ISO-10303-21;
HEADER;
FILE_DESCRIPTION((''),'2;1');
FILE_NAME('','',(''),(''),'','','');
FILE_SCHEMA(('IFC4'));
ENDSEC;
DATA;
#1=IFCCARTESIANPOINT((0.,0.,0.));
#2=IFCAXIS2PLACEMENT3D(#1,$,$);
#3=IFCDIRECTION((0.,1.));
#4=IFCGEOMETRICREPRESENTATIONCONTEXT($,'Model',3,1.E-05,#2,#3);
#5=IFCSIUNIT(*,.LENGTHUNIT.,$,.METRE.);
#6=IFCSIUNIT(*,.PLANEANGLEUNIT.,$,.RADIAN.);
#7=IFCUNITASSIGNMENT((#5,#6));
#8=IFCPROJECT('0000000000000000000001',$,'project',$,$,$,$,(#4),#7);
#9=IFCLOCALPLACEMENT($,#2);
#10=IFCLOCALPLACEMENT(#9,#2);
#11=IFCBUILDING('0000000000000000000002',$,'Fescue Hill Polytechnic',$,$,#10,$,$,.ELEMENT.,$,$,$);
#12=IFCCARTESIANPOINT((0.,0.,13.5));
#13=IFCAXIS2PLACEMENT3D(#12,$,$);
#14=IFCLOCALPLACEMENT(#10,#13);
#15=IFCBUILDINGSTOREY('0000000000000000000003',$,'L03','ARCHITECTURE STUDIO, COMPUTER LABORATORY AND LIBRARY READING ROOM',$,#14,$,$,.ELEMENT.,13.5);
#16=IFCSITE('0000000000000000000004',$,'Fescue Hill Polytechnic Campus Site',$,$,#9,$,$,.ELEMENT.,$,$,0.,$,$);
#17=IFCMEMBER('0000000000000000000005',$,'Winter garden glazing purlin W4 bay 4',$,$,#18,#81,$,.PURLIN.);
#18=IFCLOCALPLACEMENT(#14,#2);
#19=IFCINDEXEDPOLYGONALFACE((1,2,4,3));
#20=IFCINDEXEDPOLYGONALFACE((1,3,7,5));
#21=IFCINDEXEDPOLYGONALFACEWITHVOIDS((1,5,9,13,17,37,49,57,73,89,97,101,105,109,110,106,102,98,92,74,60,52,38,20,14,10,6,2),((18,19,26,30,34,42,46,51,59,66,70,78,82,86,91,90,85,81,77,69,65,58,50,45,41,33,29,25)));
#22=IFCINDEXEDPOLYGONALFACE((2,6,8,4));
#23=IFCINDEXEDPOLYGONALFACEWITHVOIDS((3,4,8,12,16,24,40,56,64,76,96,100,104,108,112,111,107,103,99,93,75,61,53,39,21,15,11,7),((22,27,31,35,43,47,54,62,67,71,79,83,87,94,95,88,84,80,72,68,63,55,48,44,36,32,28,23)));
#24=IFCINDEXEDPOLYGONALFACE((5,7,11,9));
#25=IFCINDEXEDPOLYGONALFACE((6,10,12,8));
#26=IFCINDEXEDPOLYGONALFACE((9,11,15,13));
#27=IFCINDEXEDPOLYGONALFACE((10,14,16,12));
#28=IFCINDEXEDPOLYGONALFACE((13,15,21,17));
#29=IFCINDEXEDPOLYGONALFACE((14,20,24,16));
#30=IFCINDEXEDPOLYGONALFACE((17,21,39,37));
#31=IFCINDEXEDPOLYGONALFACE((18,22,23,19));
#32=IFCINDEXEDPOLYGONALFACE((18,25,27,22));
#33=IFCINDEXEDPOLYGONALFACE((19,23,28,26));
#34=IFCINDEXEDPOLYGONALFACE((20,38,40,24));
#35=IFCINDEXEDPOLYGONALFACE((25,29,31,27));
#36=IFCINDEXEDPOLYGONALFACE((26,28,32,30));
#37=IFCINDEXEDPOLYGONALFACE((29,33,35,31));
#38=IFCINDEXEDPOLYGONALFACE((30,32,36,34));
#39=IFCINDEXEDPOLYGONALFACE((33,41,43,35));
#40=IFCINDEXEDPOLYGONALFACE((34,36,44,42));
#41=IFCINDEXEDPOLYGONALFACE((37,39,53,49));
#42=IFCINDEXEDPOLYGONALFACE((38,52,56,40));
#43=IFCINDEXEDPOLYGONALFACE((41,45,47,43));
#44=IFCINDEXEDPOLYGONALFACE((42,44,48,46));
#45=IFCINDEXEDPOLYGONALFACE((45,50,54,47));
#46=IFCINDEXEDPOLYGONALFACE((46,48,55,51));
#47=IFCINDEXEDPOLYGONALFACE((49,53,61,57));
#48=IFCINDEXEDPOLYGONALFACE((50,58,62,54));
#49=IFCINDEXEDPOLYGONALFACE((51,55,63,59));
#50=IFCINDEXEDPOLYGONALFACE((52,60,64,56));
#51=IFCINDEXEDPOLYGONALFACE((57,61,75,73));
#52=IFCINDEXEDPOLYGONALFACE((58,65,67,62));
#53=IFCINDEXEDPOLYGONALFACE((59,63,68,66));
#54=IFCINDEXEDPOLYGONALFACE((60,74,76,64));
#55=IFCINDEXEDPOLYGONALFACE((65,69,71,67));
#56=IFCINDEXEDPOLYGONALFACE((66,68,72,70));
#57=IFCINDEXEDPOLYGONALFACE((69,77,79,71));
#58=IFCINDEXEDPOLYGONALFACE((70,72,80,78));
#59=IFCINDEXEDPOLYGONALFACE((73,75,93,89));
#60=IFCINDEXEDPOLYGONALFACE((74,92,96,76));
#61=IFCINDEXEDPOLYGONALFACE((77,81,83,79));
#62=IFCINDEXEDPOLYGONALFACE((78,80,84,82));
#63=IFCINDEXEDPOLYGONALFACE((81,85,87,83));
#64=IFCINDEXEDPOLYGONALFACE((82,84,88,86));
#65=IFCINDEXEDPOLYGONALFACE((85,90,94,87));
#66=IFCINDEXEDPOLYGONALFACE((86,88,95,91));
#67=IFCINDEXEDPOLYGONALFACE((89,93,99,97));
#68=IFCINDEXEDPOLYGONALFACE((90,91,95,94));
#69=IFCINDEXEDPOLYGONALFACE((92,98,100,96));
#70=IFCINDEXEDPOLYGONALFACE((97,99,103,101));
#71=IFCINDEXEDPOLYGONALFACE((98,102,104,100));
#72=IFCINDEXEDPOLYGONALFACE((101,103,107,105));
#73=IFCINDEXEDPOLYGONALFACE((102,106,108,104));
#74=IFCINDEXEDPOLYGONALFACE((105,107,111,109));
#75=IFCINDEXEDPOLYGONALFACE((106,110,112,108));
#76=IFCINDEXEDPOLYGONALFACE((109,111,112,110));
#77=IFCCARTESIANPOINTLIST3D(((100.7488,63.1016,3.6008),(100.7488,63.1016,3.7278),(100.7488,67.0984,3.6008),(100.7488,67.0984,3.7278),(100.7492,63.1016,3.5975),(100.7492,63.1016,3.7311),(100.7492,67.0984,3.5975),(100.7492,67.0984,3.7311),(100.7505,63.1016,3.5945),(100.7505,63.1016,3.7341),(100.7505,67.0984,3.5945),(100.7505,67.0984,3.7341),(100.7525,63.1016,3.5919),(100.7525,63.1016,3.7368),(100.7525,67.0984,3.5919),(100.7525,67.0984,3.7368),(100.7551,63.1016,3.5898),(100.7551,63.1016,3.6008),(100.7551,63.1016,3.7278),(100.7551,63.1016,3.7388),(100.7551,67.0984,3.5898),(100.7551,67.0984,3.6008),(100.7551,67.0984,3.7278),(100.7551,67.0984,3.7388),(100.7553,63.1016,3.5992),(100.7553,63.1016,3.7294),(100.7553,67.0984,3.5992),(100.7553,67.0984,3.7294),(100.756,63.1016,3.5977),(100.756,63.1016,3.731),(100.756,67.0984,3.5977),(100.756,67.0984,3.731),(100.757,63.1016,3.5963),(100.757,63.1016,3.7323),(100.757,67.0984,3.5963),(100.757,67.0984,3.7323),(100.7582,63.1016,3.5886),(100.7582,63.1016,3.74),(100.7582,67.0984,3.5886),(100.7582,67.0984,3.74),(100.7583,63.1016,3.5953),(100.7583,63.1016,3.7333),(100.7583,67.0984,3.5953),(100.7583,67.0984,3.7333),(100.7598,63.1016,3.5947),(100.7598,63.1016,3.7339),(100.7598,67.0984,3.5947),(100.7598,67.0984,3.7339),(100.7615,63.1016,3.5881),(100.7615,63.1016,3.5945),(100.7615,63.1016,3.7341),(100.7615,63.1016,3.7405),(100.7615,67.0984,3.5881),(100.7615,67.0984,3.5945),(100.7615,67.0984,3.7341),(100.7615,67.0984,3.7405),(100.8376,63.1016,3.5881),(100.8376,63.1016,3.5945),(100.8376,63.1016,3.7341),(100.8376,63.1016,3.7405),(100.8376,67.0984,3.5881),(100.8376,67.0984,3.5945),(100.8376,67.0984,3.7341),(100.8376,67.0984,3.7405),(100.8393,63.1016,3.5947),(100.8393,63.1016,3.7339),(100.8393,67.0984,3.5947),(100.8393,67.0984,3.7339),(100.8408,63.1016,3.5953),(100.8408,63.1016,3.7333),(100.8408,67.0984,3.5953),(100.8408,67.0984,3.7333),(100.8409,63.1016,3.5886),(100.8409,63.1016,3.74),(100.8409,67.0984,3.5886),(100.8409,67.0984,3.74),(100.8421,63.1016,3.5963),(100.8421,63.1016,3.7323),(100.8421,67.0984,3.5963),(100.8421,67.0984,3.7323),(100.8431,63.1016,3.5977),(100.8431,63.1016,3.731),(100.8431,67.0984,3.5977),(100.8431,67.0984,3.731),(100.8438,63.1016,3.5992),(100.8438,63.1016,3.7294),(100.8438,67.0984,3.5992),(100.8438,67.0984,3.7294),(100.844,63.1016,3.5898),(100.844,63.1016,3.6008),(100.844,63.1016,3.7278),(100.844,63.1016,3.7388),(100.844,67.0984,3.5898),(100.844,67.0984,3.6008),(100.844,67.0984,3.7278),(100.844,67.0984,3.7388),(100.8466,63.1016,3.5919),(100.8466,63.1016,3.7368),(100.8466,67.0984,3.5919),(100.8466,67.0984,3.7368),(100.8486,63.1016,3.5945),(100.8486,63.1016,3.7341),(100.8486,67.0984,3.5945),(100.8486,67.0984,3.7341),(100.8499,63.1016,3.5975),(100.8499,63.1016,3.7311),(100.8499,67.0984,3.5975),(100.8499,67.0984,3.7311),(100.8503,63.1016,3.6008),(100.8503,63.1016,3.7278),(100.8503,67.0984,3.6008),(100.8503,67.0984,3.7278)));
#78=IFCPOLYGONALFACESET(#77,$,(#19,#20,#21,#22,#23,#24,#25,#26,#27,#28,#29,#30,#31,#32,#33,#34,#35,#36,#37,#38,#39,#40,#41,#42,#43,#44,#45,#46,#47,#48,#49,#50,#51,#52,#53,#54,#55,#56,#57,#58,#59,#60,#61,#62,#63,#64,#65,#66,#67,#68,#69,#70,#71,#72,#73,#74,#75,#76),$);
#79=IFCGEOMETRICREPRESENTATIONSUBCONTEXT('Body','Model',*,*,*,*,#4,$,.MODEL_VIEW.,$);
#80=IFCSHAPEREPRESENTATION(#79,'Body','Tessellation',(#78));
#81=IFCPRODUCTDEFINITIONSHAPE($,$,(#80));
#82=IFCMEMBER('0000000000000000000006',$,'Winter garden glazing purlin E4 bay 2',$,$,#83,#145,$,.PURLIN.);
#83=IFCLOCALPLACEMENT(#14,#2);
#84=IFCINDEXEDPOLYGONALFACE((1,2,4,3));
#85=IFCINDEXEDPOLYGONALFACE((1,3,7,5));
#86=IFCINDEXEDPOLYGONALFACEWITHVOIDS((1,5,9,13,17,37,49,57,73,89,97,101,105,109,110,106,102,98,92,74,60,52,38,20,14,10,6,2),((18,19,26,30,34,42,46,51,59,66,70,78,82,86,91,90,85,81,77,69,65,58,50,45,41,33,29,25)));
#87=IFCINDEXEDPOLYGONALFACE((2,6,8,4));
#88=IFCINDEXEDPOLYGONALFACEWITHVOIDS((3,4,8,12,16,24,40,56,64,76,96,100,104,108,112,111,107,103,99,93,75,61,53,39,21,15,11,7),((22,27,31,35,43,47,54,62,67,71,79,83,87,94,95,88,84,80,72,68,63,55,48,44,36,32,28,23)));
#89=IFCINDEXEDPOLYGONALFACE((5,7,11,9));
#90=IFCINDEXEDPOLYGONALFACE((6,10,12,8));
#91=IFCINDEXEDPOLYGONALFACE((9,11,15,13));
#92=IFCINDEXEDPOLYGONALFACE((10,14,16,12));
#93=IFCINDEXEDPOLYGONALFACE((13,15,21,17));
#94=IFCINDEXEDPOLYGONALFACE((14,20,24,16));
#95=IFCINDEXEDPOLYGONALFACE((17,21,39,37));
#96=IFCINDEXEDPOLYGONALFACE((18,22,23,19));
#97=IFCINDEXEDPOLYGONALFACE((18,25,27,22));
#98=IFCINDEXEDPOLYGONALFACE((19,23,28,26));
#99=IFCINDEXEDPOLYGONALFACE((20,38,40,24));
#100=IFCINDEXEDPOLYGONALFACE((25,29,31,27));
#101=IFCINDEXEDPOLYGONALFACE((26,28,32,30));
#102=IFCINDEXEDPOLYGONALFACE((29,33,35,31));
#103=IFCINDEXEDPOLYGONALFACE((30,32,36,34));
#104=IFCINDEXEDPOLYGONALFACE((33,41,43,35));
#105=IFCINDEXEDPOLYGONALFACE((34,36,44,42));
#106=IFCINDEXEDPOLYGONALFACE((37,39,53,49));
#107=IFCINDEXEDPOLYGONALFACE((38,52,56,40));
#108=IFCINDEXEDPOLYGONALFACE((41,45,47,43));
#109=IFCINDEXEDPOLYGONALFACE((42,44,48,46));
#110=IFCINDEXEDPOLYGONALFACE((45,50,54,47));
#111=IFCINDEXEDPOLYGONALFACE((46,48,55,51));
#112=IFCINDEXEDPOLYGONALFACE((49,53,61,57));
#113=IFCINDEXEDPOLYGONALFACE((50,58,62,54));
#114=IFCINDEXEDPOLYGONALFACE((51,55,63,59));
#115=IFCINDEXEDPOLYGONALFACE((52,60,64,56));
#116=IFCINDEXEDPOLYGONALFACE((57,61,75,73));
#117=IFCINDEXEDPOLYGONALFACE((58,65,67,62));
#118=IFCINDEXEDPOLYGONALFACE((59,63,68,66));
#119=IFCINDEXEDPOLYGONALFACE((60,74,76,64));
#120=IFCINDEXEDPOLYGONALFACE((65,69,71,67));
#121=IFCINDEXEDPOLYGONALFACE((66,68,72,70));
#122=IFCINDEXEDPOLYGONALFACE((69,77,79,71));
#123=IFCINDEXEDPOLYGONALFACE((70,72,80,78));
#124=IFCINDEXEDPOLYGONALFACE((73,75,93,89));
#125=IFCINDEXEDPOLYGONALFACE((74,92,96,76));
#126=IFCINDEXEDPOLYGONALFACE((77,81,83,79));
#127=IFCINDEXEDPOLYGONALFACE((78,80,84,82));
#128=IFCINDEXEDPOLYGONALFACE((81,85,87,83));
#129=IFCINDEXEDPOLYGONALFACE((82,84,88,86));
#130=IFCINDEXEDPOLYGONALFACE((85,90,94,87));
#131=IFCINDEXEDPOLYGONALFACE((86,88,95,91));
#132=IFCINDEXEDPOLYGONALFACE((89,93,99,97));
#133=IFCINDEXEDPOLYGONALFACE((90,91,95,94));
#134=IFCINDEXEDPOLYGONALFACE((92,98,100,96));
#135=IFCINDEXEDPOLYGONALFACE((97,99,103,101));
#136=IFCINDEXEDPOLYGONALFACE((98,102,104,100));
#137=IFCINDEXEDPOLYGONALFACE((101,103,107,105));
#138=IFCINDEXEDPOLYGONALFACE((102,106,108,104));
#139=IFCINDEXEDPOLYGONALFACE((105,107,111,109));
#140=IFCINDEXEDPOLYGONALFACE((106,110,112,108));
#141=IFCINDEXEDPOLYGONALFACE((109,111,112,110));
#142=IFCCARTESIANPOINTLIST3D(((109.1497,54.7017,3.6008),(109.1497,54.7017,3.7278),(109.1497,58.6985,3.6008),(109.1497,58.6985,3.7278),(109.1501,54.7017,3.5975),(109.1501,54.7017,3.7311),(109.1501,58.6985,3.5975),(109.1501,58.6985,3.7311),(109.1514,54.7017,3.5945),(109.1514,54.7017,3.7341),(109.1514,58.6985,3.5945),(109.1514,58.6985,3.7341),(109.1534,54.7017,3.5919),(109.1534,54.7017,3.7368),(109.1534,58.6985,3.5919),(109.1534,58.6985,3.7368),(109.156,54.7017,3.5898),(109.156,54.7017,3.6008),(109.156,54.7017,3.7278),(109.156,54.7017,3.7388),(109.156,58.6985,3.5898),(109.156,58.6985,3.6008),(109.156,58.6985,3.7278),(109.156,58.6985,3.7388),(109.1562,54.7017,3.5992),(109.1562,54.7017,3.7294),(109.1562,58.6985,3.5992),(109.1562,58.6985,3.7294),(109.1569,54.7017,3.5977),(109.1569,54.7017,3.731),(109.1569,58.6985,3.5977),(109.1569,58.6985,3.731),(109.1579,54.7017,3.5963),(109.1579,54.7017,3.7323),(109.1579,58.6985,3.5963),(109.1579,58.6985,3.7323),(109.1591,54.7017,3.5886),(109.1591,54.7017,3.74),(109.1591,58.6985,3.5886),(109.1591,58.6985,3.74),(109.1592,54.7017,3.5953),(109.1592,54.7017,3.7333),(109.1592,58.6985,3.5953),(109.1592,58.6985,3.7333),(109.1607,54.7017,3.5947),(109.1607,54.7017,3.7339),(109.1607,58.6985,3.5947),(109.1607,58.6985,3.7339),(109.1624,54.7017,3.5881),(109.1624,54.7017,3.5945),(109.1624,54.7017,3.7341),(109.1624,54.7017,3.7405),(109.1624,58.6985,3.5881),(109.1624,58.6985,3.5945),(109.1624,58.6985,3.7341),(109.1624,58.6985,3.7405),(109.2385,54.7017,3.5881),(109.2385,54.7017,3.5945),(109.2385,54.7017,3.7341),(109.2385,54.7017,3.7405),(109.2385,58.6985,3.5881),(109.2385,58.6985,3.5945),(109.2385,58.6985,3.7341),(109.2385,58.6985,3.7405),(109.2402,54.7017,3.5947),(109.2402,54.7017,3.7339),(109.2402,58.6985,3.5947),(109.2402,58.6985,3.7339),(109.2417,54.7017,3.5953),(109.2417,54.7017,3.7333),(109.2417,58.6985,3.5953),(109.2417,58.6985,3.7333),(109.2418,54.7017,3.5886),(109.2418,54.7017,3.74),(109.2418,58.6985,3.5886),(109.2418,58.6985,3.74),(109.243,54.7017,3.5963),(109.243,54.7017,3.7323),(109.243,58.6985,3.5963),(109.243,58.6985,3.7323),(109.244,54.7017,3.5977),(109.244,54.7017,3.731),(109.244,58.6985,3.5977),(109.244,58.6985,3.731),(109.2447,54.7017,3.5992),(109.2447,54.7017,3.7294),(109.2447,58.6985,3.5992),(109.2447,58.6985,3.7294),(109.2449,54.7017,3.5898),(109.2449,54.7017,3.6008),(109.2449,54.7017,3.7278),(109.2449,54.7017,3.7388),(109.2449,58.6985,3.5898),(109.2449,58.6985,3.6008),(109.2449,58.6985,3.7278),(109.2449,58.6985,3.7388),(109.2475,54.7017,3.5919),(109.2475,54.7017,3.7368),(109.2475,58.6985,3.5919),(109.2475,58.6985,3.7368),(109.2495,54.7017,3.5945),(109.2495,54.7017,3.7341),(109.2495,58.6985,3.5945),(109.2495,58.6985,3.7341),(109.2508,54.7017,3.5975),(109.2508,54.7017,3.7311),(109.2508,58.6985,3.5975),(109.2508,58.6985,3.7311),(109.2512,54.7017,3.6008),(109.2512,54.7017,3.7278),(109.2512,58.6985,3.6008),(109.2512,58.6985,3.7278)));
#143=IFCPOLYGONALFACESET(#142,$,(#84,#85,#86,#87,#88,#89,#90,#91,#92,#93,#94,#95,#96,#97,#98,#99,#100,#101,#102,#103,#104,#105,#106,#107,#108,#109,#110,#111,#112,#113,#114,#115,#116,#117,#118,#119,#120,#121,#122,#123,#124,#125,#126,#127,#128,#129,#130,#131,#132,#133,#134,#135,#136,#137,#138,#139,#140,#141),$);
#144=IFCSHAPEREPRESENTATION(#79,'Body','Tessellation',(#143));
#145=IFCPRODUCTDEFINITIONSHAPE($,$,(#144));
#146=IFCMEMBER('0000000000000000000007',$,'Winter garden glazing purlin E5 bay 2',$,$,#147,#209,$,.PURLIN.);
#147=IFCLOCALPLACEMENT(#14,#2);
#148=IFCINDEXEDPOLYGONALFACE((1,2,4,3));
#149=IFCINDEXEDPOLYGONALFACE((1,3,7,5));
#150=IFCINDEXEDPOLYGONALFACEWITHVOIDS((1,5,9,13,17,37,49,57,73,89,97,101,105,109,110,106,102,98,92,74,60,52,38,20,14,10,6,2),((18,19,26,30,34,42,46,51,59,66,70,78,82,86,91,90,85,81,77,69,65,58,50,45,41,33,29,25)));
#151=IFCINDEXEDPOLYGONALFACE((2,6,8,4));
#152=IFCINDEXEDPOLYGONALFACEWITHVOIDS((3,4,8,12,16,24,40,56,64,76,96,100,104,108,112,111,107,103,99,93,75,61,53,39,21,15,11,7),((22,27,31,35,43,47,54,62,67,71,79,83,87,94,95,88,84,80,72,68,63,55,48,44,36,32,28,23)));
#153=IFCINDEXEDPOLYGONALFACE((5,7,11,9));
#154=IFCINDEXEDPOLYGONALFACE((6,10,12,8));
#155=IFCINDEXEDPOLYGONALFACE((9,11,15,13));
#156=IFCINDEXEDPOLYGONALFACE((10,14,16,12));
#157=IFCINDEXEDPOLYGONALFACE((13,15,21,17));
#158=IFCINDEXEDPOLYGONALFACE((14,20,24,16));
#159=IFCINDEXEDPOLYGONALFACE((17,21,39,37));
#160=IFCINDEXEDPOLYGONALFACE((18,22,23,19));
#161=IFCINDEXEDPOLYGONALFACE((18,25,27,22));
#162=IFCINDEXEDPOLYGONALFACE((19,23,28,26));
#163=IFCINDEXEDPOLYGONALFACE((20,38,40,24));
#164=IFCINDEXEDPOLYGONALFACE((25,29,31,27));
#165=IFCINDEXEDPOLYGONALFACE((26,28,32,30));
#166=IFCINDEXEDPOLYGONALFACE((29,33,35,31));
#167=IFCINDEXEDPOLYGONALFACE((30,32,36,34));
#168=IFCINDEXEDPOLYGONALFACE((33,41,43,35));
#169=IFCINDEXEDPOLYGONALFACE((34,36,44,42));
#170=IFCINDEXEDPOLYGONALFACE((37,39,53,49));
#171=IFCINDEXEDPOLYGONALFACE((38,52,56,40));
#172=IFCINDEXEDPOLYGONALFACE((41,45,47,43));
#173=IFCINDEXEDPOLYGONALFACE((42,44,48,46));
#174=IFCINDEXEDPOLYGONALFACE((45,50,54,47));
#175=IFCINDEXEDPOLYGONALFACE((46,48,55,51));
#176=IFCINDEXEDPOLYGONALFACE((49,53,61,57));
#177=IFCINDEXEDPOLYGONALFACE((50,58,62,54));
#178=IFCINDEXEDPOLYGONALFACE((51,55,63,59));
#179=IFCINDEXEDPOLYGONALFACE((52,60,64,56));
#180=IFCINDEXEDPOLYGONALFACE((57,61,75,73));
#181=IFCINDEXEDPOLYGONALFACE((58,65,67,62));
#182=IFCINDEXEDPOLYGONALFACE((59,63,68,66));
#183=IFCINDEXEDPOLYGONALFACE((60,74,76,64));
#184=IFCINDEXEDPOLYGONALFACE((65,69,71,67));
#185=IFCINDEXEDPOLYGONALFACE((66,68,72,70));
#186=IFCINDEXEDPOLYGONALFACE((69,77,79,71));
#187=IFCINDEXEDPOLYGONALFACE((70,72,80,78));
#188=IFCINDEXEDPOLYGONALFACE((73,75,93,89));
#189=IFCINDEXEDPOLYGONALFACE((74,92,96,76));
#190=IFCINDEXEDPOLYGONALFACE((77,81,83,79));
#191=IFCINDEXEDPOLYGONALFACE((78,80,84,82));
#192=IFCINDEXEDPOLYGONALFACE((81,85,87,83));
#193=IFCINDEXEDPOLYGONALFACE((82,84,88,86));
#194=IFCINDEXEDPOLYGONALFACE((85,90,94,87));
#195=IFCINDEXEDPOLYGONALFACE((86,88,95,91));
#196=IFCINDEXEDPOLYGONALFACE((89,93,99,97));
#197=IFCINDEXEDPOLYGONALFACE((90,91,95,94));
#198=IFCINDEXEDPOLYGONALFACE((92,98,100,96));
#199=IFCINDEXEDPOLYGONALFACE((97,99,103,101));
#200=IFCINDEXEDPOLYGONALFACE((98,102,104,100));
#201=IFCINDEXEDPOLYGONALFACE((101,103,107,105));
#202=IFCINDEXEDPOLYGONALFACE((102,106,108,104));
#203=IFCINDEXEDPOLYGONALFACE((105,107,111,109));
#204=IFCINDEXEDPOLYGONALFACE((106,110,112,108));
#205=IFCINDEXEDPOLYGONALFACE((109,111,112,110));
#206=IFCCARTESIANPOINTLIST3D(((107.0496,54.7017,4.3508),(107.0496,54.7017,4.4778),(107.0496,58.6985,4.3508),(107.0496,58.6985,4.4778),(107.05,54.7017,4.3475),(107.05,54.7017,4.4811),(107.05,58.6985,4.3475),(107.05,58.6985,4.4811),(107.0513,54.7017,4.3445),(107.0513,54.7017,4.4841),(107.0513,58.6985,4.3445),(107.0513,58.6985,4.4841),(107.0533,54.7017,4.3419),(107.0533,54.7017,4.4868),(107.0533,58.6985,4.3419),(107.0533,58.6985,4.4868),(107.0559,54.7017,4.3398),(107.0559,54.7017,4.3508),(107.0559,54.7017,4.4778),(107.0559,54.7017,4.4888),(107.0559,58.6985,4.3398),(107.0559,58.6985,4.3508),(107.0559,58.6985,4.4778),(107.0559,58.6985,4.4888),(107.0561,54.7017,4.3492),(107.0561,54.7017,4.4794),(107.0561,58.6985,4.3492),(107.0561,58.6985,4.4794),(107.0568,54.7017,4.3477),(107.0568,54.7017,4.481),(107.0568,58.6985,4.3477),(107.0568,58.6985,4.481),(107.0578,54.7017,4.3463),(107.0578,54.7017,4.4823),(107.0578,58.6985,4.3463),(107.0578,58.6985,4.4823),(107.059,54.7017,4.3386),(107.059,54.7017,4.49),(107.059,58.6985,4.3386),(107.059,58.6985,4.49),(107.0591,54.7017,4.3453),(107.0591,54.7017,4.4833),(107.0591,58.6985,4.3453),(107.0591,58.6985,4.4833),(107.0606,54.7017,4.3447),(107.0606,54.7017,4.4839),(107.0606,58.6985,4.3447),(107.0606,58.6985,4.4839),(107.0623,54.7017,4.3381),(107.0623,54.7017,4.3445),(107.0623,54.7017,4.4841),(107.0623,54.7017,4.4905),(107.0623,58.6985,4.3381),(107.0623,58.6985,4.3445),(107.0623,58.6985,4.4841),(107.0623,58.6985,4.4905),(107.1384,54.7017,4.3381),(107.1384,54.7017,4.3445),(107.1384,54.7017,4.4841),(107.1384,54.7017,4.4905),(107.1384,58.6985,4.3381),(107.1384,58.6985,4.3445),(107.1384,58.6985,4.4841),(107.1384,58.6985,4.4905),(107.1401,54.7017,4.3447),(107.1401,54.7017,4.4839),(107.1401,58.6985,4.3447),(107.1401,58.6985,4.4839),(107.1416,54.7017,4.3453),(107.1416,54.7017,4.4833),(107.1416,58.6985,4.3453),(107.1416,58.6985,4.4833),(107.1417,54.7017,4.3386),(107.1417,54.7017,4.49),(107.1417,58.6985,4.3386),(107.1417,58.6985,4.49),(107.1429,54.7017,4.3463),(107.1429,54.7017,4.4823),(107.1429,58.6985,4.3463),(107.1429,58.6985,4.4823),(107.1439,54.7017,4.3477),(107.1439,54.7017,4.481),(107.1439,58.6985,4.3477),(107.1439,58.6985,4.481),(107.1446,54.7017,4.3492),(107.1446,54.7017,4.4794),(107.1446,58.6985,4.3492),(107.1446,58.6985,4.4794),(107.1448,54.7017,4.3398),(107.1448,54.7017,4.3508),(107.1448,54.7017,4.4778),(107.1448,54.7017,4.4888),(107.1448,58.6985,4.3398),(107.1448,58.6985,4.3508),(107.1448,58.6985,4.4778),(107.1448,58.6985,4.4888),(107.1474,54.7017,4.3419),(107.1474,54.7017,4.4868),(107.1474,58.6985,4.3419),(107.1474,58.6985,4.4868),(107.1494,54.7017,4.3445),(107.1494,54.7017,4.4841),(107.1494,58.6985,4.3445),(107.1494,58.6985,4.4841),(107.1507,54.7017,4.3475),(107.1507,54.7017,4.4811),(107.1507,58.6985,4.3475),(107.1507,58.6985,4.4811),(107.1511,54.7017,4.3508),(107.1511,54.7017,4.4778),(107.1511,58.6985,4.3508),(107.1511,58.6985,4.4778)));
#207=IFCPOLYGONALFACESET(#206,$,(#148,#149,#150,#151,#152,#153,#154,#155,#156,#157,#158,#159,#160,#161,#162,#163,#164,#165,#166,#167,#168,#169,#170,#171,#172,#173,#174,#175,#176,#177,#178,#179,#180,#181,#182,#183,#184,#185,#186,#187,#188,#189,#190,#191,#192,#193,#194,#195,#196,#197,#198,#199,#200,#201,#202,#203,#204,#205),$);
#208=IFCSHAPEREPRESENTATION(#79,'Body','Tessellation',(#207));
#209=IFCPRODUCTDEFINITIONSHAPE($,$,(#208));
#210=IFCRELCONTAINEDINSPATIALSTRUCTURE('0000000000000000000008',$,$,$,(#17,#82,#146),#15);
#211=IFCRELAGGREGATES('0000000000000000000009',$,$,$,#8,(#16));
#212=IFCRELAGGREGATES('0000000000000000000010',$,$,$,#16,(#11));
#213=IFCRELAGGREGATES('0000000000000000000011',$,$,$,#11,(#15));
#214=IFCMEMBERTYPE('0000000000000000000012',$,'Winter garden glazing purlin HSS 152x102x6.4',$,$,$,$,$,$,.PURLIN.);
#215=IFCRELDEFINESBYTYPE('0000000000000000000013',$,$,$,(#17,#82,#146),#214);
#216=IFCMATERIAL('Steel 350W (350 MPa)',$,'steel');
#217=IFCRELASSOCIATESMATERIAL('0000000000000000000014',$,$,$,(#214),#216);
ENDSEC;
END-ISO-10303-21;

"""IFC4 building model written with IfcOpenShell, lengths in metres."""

from ifc_helpers import new_model, si_unit, direction, frame, origin, origin_2d, place, context, subcontext, project, spatial, hollow_rectangle, extrude, material, material_profile, profile_set, type_object, element, save


model = new_model("IFC4")

# Units and contexts
model_context = context("Model", 3, precision=1e-05, world=origin(), true_north=direction((0.0, 1.0)))
body_context = subcontext(model_context, "Body", "Model", "MODEL_VIEW")
ifc_project = project(units=[si_unit("LENGTHUNIT", "METRE"), si_unit("PLANEANGLEUNIT", "RADIAN")], contexts=[model_context])

# Site, building, storey
site_placement = place(None, origin())
site = spatial("IfcSite", under=ifc_project, at=site_placement, Name="Fescue Hill Polytechnic Campus Site", CompositionType="ELEMENT", RefElevation=0.0)
building_placement = place(site_placement, origin())
building = spatial("IfcBuilding", under=site, at=building_placement, Name="Fescue Hill Polytechnic", CompositionType="ELEMENT")
storey_placement = place(building_placement, frame((0.0, 0.0, 13.5)))
storey = spatial("IfcBuildingStorey", under=building, at=storey_placement, Name="L03", Description="ARCHITECTURE STUDIO, COMPUTER LABORATORY AND LIBRARY READING ROOM", CompositionType="ELEMENT", Elevation=13.5)

# Members
ifc_material_1 = material(Name="Steel 350W (350 MPa)", Category="steel")
ifc_material_profile_1 = material_profile(ifc_material_1, hollow_rectangle(XDim=0.1016, YDim=0.1523, WallThickness=0.0063, InnerFilletRadius=0.0063, OuterFilletRadius=0.0127, at=origin_2d()), Name="Winter garden glazing purlin HSS 152x102x6.4")
ifc_profile_set_1 = profile_set([ifc_material_profile_1], Name="Steel 350W (350 MPa)")
member_type_1 = type_object("IfcMemberType", Name="Winter garden glazing purlin HSS 152x102x6.4", PredefinedType="PURLIN", material=ifc_profile_set_1)
for number, where, z_axis, x_axis, name in (
    (1, (100.7996, 63.1016, 3.6643), (0.0, 1.0, 0.0), (-1.0, 0.0, 0.0), "Winter garden glazing purlin W4 bay 4"),
    (2, (109.2004, 54.7017, 3.6643), (0.0, 1.0, 0.0), (-1.0, 0.0, 0.0), "Winter garden glazing purlin E4 bay 2"),
    (3, (107.1003, 54.7017, 4.4143), (0.0, 1.0, 0.0), (-1.0, 0.0, 0.0), "Winter garden glazing purlin E5 bay 2"),
):
    element("IfcMember", number, at=place(storey_placement, frame(where, z_axis=z_axis, x_axis=x_axis)), inside=storey, type_object=member_type_1, Name=name, PredefinedType="PURLIN", context=body_context, shape_type="SweptSolid", body=[
        extrude(hollow_rectangle(XDim=0.1016, YDim=0.1523, WallThickness=0.0063, InnerFilletRadius=0.0063, OuterFilletRadius=0.0127, at=origin_2d()), origin(), (0.0, 0.0, 1.0), 3.9968),
    ])

save(model, "model.ifc")
